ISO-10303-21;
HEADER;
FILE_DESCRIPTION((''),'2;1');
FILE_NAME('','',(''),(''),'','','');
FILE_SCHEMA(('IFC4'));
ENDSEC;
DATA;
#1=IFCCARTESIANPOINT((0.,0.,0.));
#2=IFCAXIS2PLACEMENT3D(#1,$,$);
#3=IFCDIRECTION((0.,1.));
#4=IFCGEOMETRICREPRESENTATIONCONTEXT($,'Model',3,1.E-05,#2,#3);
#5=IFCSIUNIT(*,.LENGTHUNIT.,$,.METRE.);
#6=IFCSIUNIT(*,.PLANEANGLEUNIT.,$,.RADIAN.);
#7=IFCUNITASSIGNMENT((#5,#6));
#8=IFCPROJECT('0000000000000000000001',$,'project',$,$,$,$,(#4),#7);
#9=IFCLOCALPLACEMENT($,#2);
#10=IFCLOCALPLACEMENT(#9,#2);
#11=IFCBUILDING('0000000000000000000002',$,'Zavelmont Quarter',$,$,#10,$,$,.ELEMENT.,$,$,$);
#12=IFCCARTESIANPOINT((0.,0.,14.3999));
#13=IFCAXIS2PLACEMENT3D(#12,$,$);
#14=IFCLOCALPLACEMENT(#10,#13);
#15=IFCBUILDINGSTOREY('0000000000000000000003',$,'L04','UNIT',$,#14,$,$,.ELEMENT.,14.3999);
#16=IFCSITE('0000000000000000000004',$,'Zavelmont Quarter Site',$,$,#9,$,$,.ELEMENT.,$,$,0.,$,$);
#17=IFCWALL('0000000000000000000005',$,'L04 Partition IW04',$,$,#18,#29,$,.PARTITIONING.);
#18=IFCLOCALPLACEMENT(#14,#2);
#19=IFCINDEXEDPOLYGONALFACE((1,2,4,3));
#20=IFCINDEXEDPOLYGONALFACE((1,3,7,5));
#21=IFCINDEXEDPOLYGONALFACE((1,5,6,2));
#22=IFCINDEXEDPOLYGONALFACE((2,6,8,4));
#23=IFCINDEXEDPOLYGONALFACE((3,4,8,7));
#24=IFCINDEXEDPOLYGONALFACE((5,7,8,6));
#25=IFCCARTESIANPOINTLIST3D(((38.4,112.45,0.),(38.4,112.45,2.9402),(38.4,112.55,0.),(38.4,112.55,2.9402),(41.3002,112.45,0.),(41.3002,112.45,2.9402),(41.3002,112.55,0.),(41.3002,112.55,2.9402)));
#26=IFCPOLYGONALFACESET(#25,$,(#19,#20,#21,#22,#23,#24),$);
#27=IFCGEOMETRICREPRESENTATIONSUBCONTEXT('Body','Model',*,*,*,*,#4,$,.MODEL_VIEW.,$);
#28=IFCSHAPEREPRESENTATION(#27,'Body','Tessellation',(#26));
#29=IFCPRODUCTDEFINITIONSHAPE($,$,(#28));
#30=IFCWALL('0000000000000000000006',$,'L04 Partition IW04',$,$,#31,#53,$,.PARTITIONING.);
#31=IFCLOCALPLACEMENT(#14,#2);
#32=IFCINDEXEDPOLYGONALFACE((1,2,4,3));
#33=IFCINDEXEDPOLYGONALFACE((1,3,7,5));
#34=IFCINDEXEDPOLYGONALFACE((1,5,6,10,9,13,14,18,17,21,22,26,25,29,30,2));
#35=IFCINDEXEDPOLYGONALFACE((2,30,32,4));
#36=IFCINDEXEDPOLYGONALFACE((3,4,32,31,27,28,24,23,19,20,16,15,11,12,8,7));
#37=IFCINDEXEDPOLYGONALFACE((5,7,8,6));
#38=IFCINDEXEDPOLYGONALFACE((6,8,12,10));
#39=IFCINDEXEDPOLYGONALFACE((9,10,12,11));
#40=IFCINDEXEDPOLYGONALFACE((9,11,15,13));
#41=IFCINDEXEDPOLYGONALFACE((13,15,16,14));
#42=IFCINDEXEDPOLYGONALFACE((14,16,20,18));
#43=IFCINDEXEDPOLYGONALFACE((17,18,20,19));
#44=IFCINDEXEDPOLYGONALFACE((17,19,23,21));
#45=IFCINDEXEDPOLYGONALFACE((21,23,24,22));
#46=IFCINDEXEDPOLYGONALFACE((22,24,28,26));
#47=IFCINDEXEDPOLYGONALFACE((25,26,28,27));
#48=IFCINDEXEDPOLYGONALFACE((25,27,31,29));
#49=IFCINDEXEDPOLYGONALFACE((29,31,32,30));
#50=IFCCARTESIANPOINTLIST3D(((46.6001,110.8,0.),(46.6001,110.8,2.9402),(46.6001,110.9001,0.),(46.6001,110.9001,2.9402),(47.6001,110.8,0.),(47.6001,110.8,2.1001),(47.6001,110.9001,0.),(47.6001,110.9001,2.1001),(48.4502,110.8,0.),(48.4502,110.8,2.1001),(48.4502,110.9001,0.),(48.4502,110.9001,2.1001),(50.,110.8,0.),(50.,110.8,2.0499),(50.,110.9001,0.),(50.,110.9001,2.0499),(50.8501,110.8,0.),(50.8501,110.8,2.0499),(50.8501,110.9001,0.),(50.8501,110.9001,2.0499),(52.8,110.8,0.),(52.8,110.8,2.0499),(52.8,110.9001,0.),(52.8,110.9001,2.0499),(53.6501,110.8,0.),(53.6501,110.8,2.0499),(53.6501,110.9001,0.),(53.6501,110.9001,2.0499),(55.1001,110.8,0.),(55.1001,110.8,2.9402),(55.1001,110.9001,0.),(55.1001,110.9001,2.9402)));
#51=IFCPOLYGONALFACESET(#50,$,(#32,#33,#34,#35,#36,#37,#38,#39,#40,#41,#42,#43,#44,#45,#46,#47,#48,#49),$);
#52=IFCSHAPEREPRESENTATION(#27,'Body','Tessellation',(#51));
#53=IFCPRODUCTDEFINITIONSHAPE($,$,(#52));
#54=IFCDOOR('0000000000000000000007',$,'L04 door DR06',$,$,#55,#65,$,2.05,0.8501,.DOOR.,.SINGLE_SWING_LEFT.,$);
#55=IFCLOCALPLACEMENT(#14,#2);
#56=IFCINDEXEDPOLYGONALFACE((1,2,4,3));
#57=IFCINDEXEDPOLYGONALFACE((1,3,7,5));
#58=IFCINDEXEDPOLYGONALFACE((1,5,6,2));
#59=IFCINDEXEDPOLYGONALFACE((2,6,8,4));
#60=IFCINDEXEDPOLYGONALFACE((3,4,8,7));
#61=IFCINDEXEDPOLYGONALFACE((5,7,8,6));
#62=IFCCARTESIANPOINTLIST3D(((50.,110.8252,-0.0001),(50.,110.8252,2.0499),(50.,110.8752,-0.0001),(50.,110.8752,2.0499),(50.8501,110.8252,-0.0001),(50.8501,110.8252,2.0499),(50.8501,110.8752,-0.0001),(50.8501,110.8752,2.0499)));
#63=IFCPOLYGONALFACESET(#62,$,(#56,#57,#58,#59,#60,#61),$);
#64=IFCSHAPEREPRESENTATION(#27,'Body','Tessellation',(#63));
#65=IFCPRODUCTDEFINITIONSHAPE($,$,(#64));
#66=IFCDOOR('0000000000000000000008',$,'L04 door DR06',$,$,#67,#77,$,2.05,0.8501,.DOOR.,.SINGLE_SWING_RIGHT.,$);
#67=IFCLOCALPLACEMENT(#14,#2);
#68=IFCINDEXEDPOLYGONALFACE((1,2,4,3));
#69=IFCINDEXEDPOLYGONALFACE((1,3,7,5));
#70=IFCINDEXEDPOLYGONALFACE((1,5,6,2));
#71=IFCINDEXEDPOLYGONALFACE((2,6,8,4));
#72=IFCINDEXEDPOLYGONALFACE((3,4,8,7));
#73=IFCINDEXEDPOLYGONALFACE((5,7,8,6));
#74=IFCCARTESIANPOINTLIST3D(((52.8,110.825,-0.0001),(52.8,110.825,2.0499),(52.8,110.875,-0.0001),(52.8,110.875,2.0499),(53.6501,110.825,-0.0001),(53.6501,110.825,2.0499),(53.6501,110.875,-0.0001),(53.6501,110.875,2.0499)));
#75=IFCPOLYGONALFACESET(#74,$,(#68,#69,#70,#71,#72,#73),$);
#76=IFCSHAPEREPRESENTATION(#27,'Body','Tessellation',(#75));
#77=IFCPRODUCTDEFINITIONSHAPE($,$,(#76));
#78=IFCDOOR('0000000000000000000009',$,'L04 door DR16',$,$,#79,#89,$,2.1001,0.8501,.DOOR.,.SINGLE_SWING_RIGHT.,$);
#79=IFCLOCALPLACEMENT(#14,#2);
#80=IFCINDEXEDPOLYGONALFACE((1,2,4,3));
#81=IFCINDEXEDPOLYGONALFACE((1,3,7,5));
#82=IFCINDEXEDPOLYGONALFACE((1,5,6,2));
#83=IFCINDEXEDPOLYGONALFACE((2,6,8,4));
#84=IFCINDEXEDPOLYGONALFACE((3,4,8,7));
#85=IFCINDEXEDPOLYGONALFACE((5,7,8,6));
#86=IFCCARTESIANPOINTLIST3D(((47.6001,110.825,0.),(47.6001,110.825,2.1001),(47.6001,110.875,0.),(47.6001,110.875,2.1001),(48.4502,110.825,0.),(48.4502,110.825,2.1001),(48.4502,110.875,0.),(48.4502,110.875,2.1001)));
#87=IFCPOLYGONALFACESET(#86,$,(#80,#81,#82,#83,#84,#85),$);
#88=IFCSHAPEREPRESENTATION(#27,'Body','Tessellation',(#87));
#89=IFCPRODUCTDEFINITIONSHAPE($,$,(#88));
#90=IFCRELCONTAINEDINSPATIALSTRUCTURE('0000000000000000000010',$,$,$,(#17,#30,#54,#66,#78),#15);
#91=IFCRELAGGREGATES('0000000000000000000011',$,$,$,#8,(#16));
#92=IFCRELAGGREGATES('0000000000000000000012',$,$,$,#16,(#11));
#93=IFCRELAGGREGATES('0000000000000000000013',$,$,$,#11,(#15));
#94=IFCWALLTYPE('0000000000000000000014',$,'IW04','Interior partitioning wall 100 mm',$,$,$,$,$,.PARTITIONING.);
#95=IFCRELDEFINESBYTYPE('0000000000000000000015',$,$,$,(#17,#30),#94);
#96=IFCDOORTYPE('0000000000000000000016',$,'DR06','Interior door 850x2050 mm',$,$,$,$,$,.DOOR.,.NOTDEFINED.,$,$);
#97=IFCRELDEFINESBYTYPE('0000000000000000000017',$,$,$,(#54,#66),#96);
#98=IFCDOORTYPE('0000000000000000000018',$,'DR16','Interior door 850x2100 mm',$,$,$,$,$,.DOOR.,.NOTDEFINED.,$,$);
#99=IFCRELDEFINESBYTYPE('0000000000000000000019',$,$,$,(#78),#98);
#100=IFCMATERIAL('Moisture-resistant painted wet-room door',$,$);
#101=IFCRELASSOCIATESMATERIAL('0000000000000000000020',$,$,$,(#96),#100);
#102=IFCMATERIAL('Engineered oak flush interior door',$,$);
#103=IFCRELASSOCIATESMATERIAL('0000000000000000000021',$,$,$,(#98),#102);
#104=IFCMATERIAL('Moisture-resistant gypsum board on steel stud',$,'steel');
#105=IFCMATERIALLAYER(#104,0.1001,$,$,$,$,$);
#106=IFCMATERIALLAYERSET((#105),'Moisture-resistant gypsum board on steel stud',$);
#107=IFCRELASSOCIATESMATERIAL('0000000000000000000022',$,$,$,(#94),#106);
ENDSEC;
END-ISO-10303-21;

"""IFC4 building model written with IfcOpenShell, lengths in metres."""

from ifc_helpers import new_model, si_unit, direction, frame, frame_2d, origin, origin_with_axes, place, context, subcontext, project, spatial, rectangle, extrude, material, layer, layer_set, type_object, element, fill, save


model = new_model("IFC4")

# Units and contexts
model_context = context("Model", 3, precision=1e-05, world=origin(), true_north=direction((0.0, 1.0)))
body_context = subcontext(model_context, "Body", "Model", "MODEL_VIEW")
ifc_project = project(units=[si_unit("LENGTHUNIT", "METRE"), si_unit("PLANEANGLEUNIT", "RADIAN")], contexts=[model_context])

# Site, building, storey
site_placement = place(None, origin())
site = spatial("IfcSite", under=ifc_project, at=site_placement, Name="Zavelmont Quarter Site", CompositionType="ELEMENT", RefElevation=0.0)
building_placement = place(site_placement, origin())
building = spatial("IfcBuilding", under=site, at=building_placement, Name="Zavelmont Quarter", CompositionType="ELEMENT")
storey_placement = place(building_placement, frame((0.0, 0.0, 14.3999)))
storey = spatial("IfcBuildingStorey", under=building, at=storey_placement, Name="L04", Description="UNIT", CompositionType="ELEMENT", Elevation=14.3999)

# Shared definitions
ifc_material_1 = material(Name="Engineered oak flush interior door")
ifc_material_2 = material(Name="Moisture-resistant painted wet-room door")
door_type_1 = type_object("IfcDoorType", Name="DR06", Description="Interior door 850x2050 mm", OperationType="NOTDEFINED", PredefinedType="DOOR", material=ifc_material_2)
door_type_2 = type_object("IfcDoorType", Name="DR16", Description="Interior door 850x2100 mm", OperationType="NOTDEFINED", PredefinedType="DOOR", material=ifc_material_1)

# Wall
ifc_material_3 = material(Name="Moisture-resistant gypsum board on steel stud", Category="steel")
ifc_layer_1 = layer(ifc_material_3, 0.1001)
ifc_layer_set_1 = layer_set([ifc_layer_1], Name="Moisture-resistant gypsum board on steel stud")
wall_type_1 = type_object("IfcWallType", Name="IW04", Description="Interior partitioning wall 100 mm", PredefinedType="PARTITIONING", material=ifc_layer_set_1)
for number, where, z_axis, x_axis, name in (
    (1, (38.3999, 112.5, 0.0), (0.0, 0.0, 1.0), (1.0, 0.0, 0.0), "L04 Partition IW04"),
):
    element("IfcWall", number, at=place(storey_placement, frame(where, z_axis=z_axis, x_axis=x_axis)), inside=storey, type_object=wall_type_1, Name=name, PredefinedType="PARTITIONING", context=body_context, shape_type="SweptSolid", body=[
        extrude(rectangle(XDim=2.9001, YDim=0.1001, at=frame_2d((1.4502, 0.0))), origin(), (0.0, 0.0, 1.0), 2.9402),
    ])

# Wall, openings, doors
wall_1_placement = place(storey_placement, frame((46.6001, 110.8501, 0.0), z_axis=(0.0, 0.0, 1.0), x_axis=(1.0, 0.0, 0.0)))
wall_1 = element("IfcWall", 2, at=wall_1_placement, inside=storey, type_object=wall_type_1, Name="L04 Partition IW04", PredefinedType="PARTITIONING", context=body_context, shape_type="SweptSolid", body=[
    extrude(rectangle(XDim=8.5, YDim=0.1001, at=frame_2d((4.25, 0.0))), origin(), (0.0, 0.0, 1.0), 2.9402),
])
opening_1_placement = place(wall_1_placement, frame((1.0, 0.0, 0.0)))
opening_1 = element("IfcOpeningElement", 3, at=opening_1_placement, cuts=wall_1, PredefinedType="OPENING", context=body_context, shape_type="SweptSolid", body=[
    extrude(rectangle(XDim=0.8501, YDim=2.1001, at=frame_2d((0.425, 1.05))), frame((0.0, 0.062, 0.0), z_axis=(0.0, -1.0, 0.0), x_axis=(1.0, 0.0, 0.0)), (0.0, 0.0, 1.0), 0.124),
])
opening_2_placement = place(wall_1_placement, frame((3.3999, 0.0, 0.0)))
opening_2 = element("IfcOpeningElement", 4, at=opening_2_placement, cuts=wall_1, PredefinedType="OPENING", context=body_context, shape_type="SweptSolid", body=[
    extrude(rectangle(XDim=0.8501, YDim=2.05, at=frame_2d((0.425, 1.0249))), frame((0.0, 0.062, 0.0), z_axis=(0.0, -1.0, 0.0), x_axis=(1.0, 0.0, 0.0)), (0.0, 0.0, 1.0), 0.124),
])
opening_3_placement = place(wall_1_placement, frame((6.2, 0.0, 0.0)))
opening_3 = element("IfcOpeningElement", 5, at=opening_3_placement, cuts=wall_1, PredefinedType="OPENING", context=body_context, shape_type="SweptSolid", body=[
    extrude(rectangle(XDim=0.8501, YDim=2.05, at=frame_2d((0.425, 1.0249))), frame((0.0, 0.062, 0.0), z_axis=(0.0, -1.0, 0.0), x_axis=(1.0, 0.0, 0.0)), (0.0, 0.0, 1.0), 0.124),
])
door_1_placement = place(opening_2_placement, frame((0.8501, 0.0, 0.0), z_axis=(0.0, 0.0, 1.0), x_axis=(-1.0, 0.0, 0.0)))
door_1 = element("IfcDoor", 6, at=door_1_placement, inside=storey, type_object=door_type_1, Name="L04 door DR06", OperationType="SINGLE_SWING_LEFT", OverallHeight=2.05, OverallWidth=0.8501, PredefinedType="DOOR", context=body_context, shape_type="SweptSolid", body=[
    extrude(rectangle(XDim=0.8501, YDim=2.05, at=frame_2d((0.425, 1.0249))), frame((0.0, 0.0249, 0.0), z_axis=(0.0, -1.0, 0.0), x_axis=(1.0, 0.0, 0.0)), (0.0, 0.0, 1.0), 0.05),
])
fill(opening_2, door_1)
door_2_placement = place(opening_3_placement, origin_with_axes())
door_2 = element("IfcDoor", 7, at=door_2_placement, inside=storey, type_object=door_type_1, Name="L04 door DR06", OperationType="SINGLE_SWING_RIGHT", OverallHeight=2.05, OverallWidth=0.8501, PredefinedType="DOOR", context=body_context, shape_type="SweptSolid", body=[
    extrude(rectangle(XDim=0.8501, YDim=2.05, at=frame_2d((0.425, 1.0249))), frame((0.0, 0.0249, 0.0), z_axis=(0.0, -1.0, 0.0), x_axis=(1.0, 0.0, 0.0)), (0.0, 0.0, 1.0), 0.05),
])
fill(opening_3, door_2)
door_3_placement = place(opening_1_placement, origin_with_axes())
door_3 = element("IfcDoor", 8, at=door_3_placement, inside=storey, type_object=door_type_2, Name="L04 door DR16", OperationType="SINGLE_SWING_RIGHT", OverallHeight=2.1001, OverallWidth=0.8501, PredefinedType="DOOR", context=body_context, shape_type="SweptSolid", body=[
    extrude(rectangle(XDim=0.8501, YDim=2.1001, at=frame_2d((0.425, 1.05))), frame((0.0, 0.0249, 0.0), z_axis=(0.0, -1.0, 0.0), x_axis=(1.0, 0.0, 0.0)), (0.0, 0.0, 1.0), 0.05),
])
fill(opening_1, door_3)

save(model, "model.ifc")
